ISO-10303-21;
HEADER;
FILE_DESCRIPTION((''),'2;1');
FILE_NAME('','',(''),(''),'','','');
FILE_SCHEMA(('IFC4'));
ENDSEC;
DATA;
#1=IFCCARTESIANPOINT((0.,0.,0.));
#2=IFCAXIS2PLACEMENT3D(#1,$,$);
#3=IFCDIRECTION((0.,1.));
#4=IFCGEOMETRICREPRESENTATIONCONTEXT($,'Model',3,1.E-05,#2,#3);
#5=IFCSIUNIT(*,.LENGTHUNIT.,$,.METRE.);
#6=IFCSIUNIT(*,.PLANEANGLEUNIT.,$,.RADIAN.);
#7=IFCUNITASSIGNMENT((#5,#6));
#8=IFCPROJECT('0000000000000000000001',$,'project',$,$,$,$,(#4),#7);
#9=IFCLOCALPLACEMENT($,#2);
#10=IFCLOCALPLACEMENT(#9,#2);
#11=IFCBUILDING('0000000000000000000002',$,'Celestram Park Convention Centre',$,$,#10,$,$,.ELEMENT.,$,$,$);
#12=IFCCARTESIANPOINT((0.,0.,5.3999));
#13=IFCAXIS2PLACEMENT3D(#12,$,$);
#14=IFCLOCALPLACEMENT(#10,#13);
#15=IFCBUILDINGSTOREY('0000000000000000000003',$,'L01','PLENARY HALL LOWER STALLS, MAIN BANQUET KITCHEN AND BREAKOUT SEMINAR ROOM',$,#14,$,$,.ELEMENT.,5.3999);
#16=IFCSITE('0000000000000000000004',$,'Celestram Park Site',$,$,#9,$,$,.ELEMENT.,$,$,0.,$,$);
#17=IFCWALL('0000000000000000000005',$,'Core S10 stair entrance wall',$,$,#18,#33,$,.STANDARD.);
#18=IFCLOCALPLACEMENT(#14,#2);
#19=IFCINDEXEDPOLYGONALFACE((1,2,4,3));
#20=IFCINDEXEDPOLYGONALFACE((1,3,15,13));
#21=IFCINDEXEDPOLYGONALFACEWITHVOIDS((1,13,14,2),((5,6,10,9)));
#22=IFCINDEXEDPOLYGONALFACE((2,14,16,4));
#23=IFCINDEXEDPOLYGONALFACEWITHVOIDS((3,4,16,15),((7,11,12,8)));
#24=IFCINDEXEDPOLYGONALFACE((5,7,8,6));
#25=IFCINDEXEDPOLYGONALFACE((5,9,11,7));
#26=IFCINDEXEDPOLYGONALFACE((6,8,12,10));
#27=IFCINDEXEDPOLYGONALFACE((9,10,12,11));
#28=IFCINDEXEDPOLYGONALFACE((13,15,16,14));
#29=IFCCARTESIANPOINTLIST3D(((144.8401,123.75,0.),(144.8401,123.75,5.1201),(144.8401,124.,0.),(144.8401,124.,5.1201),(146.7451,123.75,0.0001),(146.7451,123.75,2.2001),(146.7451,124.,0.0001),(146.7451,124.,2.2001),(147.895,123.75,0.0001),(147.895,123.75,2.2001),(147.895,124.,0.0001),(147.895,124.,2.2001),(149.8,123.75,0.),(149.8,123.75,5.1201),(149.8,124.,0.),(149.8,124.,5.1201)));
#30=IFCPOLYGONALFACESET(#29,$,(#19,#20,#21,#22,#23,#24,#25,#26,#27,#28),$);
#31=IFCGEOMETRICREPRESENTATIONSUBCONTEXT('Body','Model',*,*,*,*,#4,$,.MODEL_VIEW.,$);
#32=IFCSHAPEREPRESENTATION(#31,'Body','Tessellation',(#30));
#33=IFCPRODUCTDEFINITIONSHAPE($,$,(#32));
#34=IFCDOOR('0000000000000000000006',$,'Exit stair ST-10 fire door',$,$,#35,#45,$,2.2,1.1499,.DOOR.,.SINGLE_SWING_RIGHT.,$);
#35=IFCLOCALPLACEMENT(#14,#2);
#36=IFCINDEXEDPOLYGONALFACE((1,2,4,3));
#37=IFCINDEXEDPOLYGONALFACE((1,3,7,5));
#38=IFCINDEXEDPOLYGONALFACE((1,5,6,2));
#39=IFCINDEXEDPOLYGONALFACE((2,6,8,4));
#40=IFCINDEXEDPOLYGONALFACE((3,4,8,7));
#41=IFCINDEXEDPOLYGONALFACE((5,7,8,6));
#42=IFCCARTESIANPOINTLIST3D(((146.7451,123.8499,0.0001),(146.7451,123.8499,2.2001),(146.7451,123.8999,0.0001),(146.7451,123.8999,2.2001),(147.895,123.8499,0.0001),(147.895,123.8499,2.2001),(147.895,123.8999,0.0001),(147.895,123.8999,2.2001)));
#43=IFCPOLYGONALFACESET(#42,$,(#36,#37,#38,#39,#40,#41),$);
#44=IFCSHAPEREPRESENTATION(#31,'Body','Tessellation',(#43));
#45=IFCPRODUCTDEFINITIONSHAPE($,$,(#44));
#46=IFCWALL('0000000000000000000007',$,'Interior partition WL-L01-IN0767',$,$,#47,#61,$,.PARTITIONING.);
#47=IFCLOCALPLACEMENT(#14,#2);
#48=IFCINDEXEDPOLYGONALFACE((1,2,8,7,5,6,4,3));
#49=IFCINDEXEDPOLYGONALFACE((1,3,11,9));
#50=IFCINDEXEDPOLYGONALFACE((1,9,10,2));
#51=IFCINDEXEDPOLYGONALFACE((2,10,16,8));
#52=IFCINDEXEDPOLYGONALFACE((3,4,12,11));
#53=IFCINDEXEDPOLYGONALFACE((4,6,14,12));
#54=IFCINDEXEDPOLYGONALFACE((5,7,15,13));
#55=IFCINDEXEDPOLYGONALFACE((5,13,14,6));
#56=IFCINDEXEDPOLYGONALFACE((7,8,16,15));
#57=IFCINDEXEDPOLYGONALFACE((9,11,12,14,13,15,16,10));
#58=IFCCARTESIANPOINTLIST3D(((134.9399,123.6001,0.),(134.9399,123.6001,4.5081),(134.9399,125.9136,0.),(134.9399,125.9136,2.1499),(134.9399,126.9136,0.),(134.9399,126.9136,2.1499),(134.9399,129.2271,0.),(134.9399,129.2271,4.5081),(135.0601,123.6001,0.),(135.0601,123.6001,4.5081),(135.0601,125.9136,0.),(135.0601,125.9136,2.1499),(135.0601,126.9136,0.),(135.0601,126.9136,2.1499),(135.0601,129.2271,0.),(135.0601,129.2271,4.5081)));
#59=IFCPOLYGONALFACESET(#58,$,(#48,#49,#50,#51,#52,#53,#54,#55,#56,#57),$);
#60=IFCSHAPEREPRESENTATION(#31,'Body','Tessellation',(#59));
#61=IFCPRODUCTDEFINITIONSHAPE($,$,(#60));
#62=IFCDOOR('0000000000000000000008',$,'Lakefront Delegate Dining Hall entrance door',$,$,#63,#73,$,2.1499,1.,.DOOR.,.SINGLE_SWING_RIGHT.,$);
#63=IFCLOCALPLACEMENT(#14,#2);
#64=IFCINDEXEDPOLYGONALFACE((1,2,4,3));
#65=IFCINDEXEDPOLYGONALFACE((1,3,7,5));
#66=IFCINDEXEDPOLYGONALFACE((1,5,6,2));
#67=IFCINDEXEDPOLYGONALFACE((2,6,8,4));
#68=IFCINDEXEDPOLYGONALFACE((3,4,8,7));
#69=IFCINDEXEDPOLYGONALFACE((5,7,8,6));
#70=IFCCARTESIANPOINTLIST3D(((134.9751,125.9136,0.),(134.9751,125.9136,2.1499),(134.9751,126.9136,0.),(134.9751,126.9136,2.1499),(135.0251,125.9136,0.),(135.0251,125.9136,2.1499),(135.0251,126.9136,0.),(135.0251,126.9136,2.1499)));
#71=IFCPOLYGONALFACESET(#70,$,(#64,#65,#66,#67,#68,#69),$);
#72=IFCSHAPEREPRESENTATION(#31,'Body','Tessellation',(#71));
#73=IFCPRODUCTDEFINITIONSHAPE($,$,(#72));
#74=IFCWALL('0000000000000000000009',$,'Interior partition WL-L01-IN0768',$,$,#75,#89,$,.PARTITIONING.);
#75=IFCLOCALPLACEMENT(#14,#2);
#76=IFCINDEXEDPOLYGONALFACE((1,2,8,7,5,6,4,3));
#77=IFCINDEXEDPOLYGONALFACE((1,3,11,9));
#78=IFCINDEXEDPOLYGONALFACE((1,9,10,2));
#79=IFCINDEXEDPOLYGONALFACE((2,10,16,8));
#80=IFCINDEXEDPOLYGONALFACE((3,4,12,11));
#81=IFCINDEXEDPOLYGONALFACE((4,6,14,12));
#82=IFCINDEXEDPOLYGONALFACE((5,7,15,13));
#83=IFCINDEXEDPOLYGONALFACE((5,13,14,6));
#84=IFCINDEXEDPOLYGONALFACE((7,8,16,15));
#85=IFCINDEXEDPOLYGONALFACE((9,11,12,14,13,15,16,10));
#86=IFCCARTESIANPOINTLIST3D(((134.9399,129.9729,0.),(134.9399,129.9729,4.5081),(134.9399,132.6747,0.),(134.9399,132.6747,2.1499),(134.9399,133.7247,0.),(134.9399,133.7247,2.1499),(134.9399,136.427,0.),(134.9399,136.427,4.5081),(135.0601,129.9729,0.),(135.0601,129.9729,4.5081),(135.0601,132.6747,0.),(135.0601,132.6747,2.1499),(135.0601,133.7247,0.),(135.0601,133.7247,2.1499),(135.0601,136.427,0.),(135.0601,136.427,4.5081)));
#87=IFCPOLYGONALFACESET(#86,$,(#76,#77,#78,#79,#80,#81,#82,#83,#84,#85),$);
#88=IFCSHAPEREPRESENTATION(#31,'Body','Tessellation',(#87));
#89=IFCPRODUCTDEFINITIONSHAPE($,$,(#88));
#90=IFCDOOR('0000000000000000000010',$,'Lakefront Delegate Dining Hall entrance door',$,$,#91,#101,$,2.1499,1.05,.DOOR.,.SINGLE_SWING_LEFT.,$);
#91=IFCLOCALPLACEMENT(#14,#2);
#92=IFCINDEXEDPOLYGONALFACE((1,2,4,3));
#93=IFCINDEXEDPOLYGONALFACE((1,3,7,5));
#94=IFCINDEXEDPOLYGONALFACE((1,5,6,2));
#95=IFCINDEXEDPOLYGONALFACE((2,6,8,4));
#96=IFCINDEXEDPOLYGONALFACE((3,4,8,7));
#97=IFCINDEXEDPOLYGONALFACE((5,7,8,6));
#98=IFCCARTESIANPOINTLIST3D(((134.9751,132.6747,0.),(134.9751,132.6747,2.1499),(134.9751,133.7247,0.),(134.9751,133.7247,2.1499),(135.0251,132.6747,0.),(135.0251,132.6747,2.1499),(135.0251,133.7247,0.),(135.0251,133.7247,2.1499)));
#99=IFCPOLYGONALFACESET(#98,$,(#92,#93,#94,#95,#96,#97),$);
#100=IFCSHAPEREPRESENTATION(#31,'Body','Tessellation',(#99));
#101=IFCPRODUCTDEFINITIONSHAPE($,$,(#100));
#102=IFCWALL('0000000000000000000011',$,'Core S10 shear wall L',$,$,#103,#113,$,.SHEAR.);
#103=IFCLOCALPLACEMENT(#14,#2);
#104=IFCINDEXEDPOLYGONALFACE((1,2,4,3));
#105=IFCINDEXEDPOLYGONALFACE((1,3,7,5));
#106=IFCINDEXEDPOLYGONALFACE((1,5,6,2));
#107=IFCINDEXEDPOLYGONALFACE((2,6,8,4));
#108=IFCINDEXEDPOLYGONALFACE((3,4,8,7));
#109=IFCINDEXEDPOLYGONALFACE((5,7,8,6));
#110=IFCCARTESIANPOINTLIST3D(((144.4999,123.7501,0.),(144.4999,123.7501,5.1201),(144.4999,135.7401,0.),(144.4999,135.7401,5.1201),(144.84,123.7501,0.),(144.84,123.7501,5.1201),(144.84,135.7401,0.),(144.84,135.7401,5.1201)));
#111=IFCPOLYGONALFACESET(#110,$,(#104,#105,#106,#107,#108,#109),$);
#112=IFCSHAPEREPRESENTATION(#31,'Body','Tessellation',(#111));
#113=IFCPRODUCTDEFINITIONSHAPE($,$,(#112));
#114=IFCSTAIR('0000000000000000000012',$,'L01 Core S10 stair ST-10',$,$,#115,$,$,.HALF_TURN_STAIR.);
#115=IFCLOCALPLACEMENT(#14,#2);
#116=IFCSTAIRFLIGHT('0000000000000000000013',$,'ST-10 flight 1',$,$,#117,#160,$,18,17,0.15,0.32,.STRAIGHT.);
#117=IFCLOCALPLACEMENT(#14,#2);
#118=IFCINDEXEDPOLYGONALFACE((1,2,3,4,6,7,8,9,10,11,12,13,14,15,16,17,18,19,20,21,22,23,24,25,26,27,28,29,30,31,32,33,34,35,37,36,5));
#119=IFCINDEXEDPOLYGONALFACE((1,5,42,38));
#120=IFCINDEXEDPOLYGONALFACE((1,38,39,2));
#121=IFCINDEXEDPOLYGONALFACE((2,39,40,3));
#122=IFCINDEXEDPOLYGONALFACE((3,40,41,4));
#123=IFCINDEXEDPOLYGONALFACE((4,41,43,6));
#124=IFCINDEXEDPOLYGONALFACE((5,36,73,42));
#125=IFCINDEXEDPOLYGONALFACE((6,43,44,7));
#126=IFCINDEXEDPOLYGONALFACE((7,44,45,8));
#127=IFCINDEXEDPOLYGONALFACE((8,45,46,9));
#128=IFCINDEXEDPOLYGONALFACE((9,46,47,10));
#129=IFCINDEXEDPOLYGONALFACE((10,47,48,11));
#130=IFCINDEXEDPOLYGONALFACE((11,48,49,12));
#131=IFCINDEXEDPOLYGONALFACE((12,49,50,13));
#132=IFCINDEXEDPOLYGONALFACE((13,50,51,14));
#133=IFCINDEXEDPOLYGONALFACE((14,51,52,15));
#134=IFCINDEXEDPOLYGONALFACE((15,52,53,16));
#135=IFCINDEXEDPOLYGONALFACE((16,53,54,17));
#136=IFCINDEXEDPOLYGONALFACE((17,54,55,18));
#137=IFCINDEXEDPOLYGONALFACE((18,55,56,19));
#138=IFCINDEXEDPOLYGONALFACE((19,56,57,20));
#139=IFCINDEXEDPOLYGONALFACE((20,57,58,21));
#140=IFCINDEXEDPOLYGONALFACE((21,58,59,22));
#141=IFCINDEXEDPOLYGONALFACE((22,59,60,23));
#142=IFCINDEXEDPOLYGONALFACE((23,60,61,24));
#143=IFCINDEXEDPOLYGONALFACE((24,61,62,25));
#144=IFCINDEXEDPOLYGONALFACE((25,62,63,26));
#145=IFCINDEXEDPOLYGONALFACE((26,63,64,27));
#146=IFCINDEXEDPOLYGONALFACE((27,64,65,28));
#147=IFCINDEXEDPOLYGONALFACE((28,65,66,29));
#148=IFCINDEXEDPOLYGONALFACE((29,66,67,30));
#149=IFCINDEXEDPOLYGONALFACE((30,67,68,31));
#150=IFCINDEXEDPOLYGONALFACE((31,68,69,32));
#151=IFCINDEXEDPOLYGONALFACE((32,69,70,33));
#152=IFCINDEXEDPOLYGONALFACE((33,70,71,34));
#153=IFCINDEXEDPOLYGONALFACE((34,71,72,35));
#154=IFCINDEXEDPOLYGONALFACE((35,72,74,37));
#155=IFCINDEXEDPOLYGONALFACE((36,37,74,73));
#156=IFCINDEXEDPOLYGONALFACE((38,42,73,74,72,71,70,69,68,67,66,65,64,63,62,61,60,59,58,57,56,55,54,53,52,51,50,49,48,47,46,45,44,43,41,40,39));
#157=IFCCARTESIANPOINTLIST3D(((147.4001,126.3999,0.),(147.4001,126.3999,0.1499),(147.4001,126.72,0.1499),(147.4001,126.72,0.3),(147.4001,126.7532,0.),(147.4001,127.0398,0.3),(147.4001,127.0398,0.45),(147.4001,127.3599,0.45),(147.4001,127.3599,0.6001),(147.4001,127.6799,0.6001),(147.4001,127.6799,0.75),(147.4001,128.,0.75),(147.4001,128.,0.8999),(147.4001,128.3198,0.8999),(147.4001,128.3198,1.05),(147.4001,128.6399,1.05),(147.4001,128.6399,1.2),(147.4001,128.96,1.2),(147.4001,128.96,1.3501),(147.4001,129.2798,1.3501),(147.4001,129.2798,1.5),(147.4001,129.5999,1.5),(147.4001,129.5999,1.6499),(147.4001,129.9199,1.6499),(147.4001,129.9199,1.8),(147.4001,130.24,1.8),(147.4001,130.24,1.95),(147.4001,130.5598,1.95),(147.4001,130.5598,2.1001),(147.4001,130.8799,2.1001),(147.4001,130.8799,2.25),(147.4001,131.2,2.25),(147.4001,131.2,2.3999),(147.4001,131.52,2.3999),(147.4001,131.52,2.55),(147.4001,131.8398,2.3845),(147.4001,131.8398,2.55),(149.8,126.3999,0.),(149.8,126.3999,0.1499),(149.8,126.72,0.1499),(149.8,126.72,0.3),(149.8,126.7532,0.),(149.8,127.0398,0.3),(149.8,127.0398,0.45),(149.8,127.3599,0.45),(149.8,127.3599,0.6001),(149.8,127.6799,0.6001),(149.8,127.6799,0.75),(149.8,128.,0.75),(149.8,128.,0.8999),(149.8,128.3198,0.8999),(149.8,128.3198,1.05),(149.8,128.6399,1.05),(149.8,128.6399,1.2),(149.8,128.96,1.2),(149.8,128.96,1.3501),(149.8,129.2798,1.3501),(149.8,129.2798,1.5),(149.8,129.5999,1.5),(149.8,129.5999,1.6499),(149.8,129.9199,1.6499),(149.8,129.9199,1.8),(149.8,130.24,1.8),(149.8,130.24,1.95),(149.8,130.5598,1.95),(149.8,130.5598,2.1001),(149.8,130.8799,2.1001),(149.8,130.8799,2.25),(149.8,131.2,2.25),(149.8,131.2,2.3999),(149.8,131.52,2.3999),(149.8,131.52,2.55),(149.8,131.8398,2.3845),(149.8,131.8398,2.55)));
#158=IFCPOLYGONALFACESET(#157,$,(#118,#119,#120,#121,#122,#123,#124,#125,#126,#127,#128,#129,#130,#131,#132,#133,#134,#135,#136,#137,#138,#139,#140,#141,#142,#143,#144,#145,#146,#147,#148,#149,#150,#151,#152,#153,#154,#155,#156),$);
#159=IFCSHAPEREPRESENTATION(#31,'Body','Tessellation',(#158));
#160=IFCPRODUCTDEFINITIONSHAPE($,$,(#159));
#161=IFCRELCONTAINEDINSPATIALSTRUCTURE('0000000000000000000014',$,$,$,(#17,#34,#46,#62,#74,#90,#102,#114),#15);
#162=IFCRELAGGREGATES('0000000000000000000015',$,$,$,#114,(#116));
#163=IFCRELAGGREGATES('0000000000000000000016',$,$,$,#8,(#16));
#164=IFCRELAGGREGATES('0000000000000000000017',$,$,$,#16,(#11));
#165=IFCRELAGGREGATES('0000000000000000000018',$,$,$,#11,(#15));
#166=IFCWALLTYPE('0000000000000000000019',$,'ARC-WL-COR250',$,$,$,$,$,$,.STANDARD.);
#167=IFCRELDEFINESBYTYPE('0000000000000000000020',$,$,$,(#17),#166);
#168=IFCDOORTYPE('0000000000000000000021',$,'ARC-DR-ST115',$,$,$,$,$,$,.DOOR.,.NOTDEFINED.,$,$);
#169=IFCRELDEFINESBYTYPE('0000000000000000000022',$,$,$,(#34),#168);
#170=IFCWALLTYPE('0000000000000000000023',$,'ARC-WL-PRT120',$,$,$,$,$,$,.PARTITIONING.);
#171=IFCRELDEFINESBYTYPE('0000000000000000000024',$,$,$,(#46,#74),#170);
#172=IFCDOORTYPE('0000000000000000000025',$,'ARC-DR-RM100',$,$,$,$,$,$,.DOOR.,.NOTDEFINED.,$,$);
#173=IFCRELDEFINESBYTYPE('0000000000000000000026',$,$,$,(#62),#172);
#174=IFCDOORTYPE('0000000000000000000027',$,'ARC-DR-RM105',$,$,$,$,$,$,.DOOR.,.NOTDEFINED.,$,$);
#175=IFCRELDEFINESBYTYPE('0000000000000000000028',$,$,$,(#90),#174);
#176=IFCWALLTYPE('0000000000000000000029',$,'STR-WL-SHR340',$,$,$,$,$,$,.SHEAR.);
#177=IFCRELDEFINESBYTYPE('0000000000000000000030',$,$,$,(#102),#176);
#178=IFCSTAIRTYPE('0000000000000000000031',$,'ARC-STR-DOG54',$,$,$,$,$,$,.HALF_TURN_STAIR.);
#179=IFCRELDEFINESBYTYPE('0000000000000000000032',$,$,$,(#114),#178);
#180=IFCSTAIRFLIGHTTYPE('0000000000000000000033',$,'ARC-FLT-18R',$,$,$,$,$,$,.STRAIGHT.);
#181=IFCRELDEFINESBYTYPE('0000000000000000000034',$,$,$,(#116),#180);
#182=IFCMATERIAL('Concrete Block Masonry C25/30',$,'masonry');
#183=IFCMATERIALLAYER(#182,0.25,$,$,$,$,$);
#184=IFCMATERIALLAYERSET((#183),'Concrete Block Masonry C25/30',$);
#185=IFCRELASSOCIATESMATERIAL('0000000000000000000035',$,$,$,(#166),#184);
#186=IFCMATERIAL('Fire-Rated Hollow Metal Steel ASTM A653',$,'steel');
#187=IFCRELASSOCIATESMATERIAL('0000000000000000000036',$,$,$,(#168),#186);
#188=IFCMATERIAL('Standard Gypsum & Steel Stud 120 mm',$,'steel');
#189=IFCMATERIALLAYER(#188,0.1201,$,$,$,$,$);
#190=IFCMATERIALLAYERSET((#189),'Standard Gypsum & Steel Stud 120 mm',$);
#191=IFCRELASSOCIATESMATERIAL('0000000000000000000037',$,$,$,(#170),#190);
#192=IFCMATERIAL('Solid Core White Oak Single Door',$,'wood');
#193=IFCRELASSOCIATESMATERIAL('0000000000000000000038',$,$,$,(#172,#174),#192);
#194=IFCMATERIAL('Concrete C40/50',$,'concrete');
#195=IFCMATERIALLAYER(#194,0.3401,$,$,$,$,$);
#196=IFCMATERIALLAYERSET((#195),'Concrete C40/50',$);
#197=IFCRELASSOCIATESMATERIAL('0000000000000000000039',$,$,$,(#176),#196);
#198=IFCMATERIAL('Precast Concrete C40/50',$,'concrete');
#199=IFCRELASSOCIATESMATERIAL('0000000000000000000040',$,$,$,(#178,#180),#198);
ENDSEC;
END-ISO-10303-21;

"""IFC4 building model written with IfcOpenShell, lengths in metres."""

from ifc_helpers import new_model, si_unit, direction, frame, frame_2d, origin, place, context, subcontext, project, spatial, polyline, rectangle, outline, extrude, material, layer, layer_set, type_object, element, fill, aggregate, save


model = new_model("IFC4")

# Units and contexts
model_context = context("Model", 3, precision=1e-05, world=origin(), true_north=direction((0.0, 1.0)))
body_context = subcontext(model_context, "Body", "Model", "MODEL_VIEW")
ifc_project = project(units=[si_unit("LENGTHUNIT", "METRE"), si_unit("PLANEANGLEUNIT", "RADIAN")], contexts=[model_context])

# Site, building, storey
site_placement = place(None, origin())
site = spatial("IfcSite", under=ifc_project, at=site_placement, Name="Celestram Park Site", CompositionType="ELEMENT", RefElevation=0.0)
building_placement = place(site_placement, origin())
building = spatial("IfcBuilding", under=site, at=building_placement, Name="Celestram Park Convention Centre", CompositionType="ELEMENT")
storey_placement = place(building_placement, frame((0.0, 0.0, 5.3999)))
storey = spatial("IfcBuildingStorey", under=building, at=storey_placement, Name="L01", Description="PLENARY HALL LOWER STALLS, MAIN BANQUET KITCHEN AND BREAKOUT SEMINAR ROOM", CompositionType="ELEMENT", Elevation=5.3999)

# Shared definitions
ifc_material_1 = material(Name="Concrete C40/50", Category="concrete")

# Walls, openings, doors
ifc_material_2 = material(Name="Concrete Block Masonry C25/30", Category="masonry")
ifc_layer_1 = layer(ifc_material_2, 0.25)
ifc_layer_set_1 = layer_set([ifc_layer_1], Name="Concrete Block Masonry C25/30")
wall_type_1 = type_object("IfcWallType", Name="ARC-WL-COR250", PredefinedType="STANDARD", material=ifc_layer_set_1)
wall_1_placement = place(storey_placement, frame((144.8401, 123.875, 0.0), z_axis=(0.0, 0.0, 1.0), x_axis=(1.0, 0.0, 0.0)))
wall_1 = element("IfcWall", 1, at=wall_1_placement, inside=storey, type_object=wall_type_1, Name="Core S10 stair entrance wall", PredefinedType="STANDARD", context=body_context, shape_type="SweptSolid", body=[
    extrude(rectangle(XDim=4.96, YDim=0.25, at=frame_2d((2.48, 0.0))), origin(), (0.0, 0.0, 1.0), 5.1201),
])
opening_1_placement = place(wall_1_placement, frame((1.905, 0.0, 0.0)))
opening_1 = element("IfcOpeningElement", 2, at=opening_1_placement, cuts=wall_1, PredefinedType="OPENING", context=body_context, shape_type="SweptSolid", body=[
    extrude(rectangle(XDim=1.1499, YDim=2.2, at=frame_2d((0.575, 1.1001))), frame((0.0, 0.135, 0.0), z_axis=(0.0, -1.0, 0.0), x_axis=(1.0, 0.0, 0.0)), (0.0, 0.0, 1.0), 0.27),
])
ifc_material_3 = material(Name="Fire-Rated Hollow Metal Steel ASTM A653", Category="steel")
door_type_1 = type_object("IfcDoorType", Name="ARC-DR-ST115", OperationType="NOTDEFINED", PredefinedType="DOOR", material=ifc_material_3)
door_1_placement = place(opening_1_placement, origin())
door_1 = element("IfcDoor", 3, at=door_1_placement, inside=storey, type_object=door_type_1, Name="Exit stair ST-10 fire door", OperationType="SINGLE_SWING_RIGHT", OverallHeight=2.2, OverallWidth=1.1499, PredefinedType="DOOR", context=body_context, shape_type="SweptSolid", body=[
    extrude(rectangle(XDim=1.1499, YDim=2.2, at=frame_2d((0.575, 1.1001))), frame((0.0, 0.0249, 0.0), z_axis=(0.0, -1.0, 0.0), x_axis=(1.0, 0.0, 0.0)), (0.0, 0.0, 1.0), 0.05),
])
fill(opening_1, door_1)
ifc_material_4 = material(Name="Standard Gypsum & Steel Stud 120 mm", Category="steel")
ifc_layer_2 = layer(ifc_material_4, 0.1201)
ifc_layer_set_2 = layer_set([ifc_layer_2], Name="Standard Gypsum & Steel Stud 120 mm")
wall_type_2 = type_object("IfcWallType", Name="ARC-WL-PRT120", PredefinedType="PARTITIONING", material=ifc_layer_set_2)
wall_2_placement = place(storey_placement, frame((135.0, 123.6001, 0.0), z_axis=(0.0, 0.0, 1.0), x_axis=(0.0, 1.0, 0.0)))
wall_2 = element("IfcWall", 4, at=wall_2_placement, inside=storey, type_object=wall_type_2, Name="Interior partition WL-L01-IN0767", PredefinedType="PARTITIONING", context=body_context, shape_type="SweptSolid", body=[
    extrude(rectangle(XDim=5.627, YDim=0.1201, at=frame_2d((2.8135, 0.0))), origin(), (0.0, 0.0, 1.0), 4.5081),
])
opening_2_placement = place(wall_2_placement, frame((2.3135, 0.0, 0.0)))
opening_2 = element("IfcOpeningElement", 5, at=opening_2_placement, cuts=wall_2, PredefinedType="OPENING", context=body_context, shape_type="SweptSolid", body=[
    extrude(rectangle(XDim=1.0, YDim=2.1499, at=frame_2d((0.5, 1.075))), frame((0.0, 0.0701, 0.0), z_axis=(0.0, -1.0, 0.0), x_axis=(1.0, 0.0, 0.0)), (0.0, 0.0, 1.0), 0.1401),
])
ifc_material_5 = material(Name="Solid Core White Oak Single Door", Category="wood")
door_type_2 = type_object("IfcDoorType", Name="ARC-DR-RM100", OperationType="NOTDEFINED", PredefinedType="DOOR", material=ifc_material_5)
door_2_placement = place(opening_2_placement, origin())
door_2 = element("IfcDoor", 6, at=door_2_placement, inside=storey, type_object=door_type_2, Name="Lakefront Delegate Dining Hall entrance door", OperationType="SINGLE_SWING_RIGHT", OverallHeight=2.1499, OverallWidth=1.0, PredefinedType="DOOR", context=body_context, shape_type="SweptSolid", body=[
    extrude(rectangle(XDim=1.0, YDim=2.1499, at=frame_2d((0.5, 1.075))), frame((0.0, 0.0249, 0.0), z_axis=(0.0, -1.0, 0.0), x_axis=(1.0, 0.0, 0.0)), (0.0, 0.0, 1.0), 0.05),
])
fill(opening_2, door_2)
wall_3_placement = place(storey_placement, frame((135.0, 129.9729, 0.0), z_axis=(0.0, 0.0, 1.0), x_axis=(0.0, 1.0, 0.0)))
wall_3 = element("IfcWall", 7, at=wall_3_placement, inside=storey, type_object=wall_type_2, Name="Interior partition WL-L01-IN0768", PredefinedType="PARTITIONING", context=body_context, shape_type="SweptSolid", body=[
    extrude(rectangle(XDim=6.4541, YDim=0.1201, at=frame_2d((3.2271, 0.0))), origin(), (0.0, 0.0, 1.0), 4.5081),
])
opening_3_placement = place(wall_3_placement, frame((2.7019, 0.0, 0.0)))
opening_3 = element("IfcOpeningElement", 8, at=opening_3_placement, cuts=wall_3, PredefinedType="OPENING", context=body_context, shape_type="SweptSolid", body=[
    extrude(rectangle(XDim=1.05, YDim=2.1499, at=frame_2d((0.5249, 1.075))), frame((0.0, 0.0701, 0.0), z_axis=(0.0, -1.0, 0.0), x_axis=(1.0, 0.0, 0.0)), (0.0, 0.0, 1.0), 0.1401),
])
door_type_3 = type_object("IfcDoorType", Name="ARC-DR-RM105", OperationType="NOTDEFINED", PredefinedType="DOOR", material=ifc_material_5)
door_3_placement = place(opening_3_placement, origin())
door_3 = element("IfcDoor", 9, at=door_3_placement, inside=storey, type_object=door_type_3, Name="Lakefront Delegate Dining Hall entrance door", OperationType="SINGLE_SWING_LEFT", OverallHeight=2.1499, OverallWidth=1.05, PredefinedType="DOOR", context=body_context, shape_type="SweptSolid", body=[
    extrude(rectangle(XDim=1.05, YDim=2.1499, at=frame_2d((0.5249, 1.075))), frame((0.0, 0.0249, 0.0), z_axis=(0.0, -1.0, 0.0), x_axis=(1.0, 0.0, 0.0)), (0.0, 0.0, 1.0), 0.05),
])
fill(opening_3, door_3)

# Wall
ifc_layer_3 = layer(ifc_material_1, 0.3401)
ifc_layer_set_3 = layer_set([ifc_layer_3], Name="Concrete C40/50")
wall_type_3 = type_object("IfcWallType", Name="STR-WL-SHR340", PredefinedType="SHEAR", material=ifc_layer_set_3)
wall_4_placement = place(storey_placement, frame((144.6699, 123.75, 0.0), z_axis=(0.0, 0.0, 1.0), x_axis=(0.0, 1.0, 0.0)))
element("IfcWall", 10, at=wall_4_placement, inside=storey, type_object=wall_type_3, Name="Core S10 shear wall L", PredefinedType="SHEAR", context=body_context, shape_type="SweptSolid", body=[
    extrude(rectangle(XDim=11.99, YDim=0.3401, at=frame_2d((5.9951, 0.0))), origin(), (0.0, 0.0, 1.0), 5.1201),
])

# Stair, stair flight
ifc_material_6 = material(Name="Precast Concrete C40/50", Category="concrete")
stair_type = type_object("IfcStairType", Name="ARC-STR-DOG54", PredefinedType="HALF_TURN_STAIR", material=ifc_material_6)
stair_placement = place(storey_placement, origin())
stair = element("IfcStair", 11, at=stair_placement, inside=storey, type_object=stair_type, Name="L01 Core S10 stair ST-10", PredefinedType="HALF_TURN_STAIR")
stair_flight_type = type_object("IfcStairFlightType", Name="ARC-FLT-18R", PredefinedType="STRAIGHT", material=ifc_material_6)
stair_flight_placement = place(storey_placement, frame((148.6001, 126.3999, 0.0), z_axis=(0.0, 0.0, 1.0), x_axis=(0.0, 1.0, 0.0)))
stair_flight = element("IfcStairFlight", 12, at=stair_flight_placement, type_object=stair_flight_type, Name="ST-10 flight 1", NumberOfRisers=18, NumberOfTreads=17, PredefinedType="STRAIGHT", RiserHeight=0.15, TreadLength=0.32, context=body_context, shape_type="SweptSolid", body=[
    extrude(outline(polyline([(0.0, 0.0), (0.0, 0.1499), (0.3201, 0.1499), (0.3201, 0.3), (0.6399, 0.3), (0.6399, 0.45), (0.96, 0.45), (0.96, 0.6001), (1.28, 0.6001), (1.28, 0.75), (1.6001, 0.75), (1.6001, 0.8999), (1.9199, 0.8999), (1.9199, 1.05), (2.24, 1.05), (2.24, 1.2), (2.5601, 1.2), (2.5601, 1.3501), (2.8799, 1.3501), (2.8799, 1.5), (3.2, 1.5), (3.2, 1.6499), (3.52, 1.6499), (3.52, 1.8), (3.8401, 1.8), (3.8401, 1.95), (4.1599, 1.95), (4.1599, 2.1001), (4.48, 2.1001), (4.48, 2.25), (4.8, 2.25), (4.8, 2.3999), (5.1201, 2.3999), (5.1201, 2.55), (5.4399, 2.55), (5.4399, 2.7), (5.4399, 2.3845), (0.3533, 0.0), (0.0, 0.0)])), frame((0.0, 1.2, 0.0), z_axis=(0.0, -1.0, 0.0), x_axis=(1.0, 0.0, 0.0)), (0.0, 0.0, 1.0), 2.3999),
])
aggregate(stair, [stair_flight])

save(model, "model.ifc")
